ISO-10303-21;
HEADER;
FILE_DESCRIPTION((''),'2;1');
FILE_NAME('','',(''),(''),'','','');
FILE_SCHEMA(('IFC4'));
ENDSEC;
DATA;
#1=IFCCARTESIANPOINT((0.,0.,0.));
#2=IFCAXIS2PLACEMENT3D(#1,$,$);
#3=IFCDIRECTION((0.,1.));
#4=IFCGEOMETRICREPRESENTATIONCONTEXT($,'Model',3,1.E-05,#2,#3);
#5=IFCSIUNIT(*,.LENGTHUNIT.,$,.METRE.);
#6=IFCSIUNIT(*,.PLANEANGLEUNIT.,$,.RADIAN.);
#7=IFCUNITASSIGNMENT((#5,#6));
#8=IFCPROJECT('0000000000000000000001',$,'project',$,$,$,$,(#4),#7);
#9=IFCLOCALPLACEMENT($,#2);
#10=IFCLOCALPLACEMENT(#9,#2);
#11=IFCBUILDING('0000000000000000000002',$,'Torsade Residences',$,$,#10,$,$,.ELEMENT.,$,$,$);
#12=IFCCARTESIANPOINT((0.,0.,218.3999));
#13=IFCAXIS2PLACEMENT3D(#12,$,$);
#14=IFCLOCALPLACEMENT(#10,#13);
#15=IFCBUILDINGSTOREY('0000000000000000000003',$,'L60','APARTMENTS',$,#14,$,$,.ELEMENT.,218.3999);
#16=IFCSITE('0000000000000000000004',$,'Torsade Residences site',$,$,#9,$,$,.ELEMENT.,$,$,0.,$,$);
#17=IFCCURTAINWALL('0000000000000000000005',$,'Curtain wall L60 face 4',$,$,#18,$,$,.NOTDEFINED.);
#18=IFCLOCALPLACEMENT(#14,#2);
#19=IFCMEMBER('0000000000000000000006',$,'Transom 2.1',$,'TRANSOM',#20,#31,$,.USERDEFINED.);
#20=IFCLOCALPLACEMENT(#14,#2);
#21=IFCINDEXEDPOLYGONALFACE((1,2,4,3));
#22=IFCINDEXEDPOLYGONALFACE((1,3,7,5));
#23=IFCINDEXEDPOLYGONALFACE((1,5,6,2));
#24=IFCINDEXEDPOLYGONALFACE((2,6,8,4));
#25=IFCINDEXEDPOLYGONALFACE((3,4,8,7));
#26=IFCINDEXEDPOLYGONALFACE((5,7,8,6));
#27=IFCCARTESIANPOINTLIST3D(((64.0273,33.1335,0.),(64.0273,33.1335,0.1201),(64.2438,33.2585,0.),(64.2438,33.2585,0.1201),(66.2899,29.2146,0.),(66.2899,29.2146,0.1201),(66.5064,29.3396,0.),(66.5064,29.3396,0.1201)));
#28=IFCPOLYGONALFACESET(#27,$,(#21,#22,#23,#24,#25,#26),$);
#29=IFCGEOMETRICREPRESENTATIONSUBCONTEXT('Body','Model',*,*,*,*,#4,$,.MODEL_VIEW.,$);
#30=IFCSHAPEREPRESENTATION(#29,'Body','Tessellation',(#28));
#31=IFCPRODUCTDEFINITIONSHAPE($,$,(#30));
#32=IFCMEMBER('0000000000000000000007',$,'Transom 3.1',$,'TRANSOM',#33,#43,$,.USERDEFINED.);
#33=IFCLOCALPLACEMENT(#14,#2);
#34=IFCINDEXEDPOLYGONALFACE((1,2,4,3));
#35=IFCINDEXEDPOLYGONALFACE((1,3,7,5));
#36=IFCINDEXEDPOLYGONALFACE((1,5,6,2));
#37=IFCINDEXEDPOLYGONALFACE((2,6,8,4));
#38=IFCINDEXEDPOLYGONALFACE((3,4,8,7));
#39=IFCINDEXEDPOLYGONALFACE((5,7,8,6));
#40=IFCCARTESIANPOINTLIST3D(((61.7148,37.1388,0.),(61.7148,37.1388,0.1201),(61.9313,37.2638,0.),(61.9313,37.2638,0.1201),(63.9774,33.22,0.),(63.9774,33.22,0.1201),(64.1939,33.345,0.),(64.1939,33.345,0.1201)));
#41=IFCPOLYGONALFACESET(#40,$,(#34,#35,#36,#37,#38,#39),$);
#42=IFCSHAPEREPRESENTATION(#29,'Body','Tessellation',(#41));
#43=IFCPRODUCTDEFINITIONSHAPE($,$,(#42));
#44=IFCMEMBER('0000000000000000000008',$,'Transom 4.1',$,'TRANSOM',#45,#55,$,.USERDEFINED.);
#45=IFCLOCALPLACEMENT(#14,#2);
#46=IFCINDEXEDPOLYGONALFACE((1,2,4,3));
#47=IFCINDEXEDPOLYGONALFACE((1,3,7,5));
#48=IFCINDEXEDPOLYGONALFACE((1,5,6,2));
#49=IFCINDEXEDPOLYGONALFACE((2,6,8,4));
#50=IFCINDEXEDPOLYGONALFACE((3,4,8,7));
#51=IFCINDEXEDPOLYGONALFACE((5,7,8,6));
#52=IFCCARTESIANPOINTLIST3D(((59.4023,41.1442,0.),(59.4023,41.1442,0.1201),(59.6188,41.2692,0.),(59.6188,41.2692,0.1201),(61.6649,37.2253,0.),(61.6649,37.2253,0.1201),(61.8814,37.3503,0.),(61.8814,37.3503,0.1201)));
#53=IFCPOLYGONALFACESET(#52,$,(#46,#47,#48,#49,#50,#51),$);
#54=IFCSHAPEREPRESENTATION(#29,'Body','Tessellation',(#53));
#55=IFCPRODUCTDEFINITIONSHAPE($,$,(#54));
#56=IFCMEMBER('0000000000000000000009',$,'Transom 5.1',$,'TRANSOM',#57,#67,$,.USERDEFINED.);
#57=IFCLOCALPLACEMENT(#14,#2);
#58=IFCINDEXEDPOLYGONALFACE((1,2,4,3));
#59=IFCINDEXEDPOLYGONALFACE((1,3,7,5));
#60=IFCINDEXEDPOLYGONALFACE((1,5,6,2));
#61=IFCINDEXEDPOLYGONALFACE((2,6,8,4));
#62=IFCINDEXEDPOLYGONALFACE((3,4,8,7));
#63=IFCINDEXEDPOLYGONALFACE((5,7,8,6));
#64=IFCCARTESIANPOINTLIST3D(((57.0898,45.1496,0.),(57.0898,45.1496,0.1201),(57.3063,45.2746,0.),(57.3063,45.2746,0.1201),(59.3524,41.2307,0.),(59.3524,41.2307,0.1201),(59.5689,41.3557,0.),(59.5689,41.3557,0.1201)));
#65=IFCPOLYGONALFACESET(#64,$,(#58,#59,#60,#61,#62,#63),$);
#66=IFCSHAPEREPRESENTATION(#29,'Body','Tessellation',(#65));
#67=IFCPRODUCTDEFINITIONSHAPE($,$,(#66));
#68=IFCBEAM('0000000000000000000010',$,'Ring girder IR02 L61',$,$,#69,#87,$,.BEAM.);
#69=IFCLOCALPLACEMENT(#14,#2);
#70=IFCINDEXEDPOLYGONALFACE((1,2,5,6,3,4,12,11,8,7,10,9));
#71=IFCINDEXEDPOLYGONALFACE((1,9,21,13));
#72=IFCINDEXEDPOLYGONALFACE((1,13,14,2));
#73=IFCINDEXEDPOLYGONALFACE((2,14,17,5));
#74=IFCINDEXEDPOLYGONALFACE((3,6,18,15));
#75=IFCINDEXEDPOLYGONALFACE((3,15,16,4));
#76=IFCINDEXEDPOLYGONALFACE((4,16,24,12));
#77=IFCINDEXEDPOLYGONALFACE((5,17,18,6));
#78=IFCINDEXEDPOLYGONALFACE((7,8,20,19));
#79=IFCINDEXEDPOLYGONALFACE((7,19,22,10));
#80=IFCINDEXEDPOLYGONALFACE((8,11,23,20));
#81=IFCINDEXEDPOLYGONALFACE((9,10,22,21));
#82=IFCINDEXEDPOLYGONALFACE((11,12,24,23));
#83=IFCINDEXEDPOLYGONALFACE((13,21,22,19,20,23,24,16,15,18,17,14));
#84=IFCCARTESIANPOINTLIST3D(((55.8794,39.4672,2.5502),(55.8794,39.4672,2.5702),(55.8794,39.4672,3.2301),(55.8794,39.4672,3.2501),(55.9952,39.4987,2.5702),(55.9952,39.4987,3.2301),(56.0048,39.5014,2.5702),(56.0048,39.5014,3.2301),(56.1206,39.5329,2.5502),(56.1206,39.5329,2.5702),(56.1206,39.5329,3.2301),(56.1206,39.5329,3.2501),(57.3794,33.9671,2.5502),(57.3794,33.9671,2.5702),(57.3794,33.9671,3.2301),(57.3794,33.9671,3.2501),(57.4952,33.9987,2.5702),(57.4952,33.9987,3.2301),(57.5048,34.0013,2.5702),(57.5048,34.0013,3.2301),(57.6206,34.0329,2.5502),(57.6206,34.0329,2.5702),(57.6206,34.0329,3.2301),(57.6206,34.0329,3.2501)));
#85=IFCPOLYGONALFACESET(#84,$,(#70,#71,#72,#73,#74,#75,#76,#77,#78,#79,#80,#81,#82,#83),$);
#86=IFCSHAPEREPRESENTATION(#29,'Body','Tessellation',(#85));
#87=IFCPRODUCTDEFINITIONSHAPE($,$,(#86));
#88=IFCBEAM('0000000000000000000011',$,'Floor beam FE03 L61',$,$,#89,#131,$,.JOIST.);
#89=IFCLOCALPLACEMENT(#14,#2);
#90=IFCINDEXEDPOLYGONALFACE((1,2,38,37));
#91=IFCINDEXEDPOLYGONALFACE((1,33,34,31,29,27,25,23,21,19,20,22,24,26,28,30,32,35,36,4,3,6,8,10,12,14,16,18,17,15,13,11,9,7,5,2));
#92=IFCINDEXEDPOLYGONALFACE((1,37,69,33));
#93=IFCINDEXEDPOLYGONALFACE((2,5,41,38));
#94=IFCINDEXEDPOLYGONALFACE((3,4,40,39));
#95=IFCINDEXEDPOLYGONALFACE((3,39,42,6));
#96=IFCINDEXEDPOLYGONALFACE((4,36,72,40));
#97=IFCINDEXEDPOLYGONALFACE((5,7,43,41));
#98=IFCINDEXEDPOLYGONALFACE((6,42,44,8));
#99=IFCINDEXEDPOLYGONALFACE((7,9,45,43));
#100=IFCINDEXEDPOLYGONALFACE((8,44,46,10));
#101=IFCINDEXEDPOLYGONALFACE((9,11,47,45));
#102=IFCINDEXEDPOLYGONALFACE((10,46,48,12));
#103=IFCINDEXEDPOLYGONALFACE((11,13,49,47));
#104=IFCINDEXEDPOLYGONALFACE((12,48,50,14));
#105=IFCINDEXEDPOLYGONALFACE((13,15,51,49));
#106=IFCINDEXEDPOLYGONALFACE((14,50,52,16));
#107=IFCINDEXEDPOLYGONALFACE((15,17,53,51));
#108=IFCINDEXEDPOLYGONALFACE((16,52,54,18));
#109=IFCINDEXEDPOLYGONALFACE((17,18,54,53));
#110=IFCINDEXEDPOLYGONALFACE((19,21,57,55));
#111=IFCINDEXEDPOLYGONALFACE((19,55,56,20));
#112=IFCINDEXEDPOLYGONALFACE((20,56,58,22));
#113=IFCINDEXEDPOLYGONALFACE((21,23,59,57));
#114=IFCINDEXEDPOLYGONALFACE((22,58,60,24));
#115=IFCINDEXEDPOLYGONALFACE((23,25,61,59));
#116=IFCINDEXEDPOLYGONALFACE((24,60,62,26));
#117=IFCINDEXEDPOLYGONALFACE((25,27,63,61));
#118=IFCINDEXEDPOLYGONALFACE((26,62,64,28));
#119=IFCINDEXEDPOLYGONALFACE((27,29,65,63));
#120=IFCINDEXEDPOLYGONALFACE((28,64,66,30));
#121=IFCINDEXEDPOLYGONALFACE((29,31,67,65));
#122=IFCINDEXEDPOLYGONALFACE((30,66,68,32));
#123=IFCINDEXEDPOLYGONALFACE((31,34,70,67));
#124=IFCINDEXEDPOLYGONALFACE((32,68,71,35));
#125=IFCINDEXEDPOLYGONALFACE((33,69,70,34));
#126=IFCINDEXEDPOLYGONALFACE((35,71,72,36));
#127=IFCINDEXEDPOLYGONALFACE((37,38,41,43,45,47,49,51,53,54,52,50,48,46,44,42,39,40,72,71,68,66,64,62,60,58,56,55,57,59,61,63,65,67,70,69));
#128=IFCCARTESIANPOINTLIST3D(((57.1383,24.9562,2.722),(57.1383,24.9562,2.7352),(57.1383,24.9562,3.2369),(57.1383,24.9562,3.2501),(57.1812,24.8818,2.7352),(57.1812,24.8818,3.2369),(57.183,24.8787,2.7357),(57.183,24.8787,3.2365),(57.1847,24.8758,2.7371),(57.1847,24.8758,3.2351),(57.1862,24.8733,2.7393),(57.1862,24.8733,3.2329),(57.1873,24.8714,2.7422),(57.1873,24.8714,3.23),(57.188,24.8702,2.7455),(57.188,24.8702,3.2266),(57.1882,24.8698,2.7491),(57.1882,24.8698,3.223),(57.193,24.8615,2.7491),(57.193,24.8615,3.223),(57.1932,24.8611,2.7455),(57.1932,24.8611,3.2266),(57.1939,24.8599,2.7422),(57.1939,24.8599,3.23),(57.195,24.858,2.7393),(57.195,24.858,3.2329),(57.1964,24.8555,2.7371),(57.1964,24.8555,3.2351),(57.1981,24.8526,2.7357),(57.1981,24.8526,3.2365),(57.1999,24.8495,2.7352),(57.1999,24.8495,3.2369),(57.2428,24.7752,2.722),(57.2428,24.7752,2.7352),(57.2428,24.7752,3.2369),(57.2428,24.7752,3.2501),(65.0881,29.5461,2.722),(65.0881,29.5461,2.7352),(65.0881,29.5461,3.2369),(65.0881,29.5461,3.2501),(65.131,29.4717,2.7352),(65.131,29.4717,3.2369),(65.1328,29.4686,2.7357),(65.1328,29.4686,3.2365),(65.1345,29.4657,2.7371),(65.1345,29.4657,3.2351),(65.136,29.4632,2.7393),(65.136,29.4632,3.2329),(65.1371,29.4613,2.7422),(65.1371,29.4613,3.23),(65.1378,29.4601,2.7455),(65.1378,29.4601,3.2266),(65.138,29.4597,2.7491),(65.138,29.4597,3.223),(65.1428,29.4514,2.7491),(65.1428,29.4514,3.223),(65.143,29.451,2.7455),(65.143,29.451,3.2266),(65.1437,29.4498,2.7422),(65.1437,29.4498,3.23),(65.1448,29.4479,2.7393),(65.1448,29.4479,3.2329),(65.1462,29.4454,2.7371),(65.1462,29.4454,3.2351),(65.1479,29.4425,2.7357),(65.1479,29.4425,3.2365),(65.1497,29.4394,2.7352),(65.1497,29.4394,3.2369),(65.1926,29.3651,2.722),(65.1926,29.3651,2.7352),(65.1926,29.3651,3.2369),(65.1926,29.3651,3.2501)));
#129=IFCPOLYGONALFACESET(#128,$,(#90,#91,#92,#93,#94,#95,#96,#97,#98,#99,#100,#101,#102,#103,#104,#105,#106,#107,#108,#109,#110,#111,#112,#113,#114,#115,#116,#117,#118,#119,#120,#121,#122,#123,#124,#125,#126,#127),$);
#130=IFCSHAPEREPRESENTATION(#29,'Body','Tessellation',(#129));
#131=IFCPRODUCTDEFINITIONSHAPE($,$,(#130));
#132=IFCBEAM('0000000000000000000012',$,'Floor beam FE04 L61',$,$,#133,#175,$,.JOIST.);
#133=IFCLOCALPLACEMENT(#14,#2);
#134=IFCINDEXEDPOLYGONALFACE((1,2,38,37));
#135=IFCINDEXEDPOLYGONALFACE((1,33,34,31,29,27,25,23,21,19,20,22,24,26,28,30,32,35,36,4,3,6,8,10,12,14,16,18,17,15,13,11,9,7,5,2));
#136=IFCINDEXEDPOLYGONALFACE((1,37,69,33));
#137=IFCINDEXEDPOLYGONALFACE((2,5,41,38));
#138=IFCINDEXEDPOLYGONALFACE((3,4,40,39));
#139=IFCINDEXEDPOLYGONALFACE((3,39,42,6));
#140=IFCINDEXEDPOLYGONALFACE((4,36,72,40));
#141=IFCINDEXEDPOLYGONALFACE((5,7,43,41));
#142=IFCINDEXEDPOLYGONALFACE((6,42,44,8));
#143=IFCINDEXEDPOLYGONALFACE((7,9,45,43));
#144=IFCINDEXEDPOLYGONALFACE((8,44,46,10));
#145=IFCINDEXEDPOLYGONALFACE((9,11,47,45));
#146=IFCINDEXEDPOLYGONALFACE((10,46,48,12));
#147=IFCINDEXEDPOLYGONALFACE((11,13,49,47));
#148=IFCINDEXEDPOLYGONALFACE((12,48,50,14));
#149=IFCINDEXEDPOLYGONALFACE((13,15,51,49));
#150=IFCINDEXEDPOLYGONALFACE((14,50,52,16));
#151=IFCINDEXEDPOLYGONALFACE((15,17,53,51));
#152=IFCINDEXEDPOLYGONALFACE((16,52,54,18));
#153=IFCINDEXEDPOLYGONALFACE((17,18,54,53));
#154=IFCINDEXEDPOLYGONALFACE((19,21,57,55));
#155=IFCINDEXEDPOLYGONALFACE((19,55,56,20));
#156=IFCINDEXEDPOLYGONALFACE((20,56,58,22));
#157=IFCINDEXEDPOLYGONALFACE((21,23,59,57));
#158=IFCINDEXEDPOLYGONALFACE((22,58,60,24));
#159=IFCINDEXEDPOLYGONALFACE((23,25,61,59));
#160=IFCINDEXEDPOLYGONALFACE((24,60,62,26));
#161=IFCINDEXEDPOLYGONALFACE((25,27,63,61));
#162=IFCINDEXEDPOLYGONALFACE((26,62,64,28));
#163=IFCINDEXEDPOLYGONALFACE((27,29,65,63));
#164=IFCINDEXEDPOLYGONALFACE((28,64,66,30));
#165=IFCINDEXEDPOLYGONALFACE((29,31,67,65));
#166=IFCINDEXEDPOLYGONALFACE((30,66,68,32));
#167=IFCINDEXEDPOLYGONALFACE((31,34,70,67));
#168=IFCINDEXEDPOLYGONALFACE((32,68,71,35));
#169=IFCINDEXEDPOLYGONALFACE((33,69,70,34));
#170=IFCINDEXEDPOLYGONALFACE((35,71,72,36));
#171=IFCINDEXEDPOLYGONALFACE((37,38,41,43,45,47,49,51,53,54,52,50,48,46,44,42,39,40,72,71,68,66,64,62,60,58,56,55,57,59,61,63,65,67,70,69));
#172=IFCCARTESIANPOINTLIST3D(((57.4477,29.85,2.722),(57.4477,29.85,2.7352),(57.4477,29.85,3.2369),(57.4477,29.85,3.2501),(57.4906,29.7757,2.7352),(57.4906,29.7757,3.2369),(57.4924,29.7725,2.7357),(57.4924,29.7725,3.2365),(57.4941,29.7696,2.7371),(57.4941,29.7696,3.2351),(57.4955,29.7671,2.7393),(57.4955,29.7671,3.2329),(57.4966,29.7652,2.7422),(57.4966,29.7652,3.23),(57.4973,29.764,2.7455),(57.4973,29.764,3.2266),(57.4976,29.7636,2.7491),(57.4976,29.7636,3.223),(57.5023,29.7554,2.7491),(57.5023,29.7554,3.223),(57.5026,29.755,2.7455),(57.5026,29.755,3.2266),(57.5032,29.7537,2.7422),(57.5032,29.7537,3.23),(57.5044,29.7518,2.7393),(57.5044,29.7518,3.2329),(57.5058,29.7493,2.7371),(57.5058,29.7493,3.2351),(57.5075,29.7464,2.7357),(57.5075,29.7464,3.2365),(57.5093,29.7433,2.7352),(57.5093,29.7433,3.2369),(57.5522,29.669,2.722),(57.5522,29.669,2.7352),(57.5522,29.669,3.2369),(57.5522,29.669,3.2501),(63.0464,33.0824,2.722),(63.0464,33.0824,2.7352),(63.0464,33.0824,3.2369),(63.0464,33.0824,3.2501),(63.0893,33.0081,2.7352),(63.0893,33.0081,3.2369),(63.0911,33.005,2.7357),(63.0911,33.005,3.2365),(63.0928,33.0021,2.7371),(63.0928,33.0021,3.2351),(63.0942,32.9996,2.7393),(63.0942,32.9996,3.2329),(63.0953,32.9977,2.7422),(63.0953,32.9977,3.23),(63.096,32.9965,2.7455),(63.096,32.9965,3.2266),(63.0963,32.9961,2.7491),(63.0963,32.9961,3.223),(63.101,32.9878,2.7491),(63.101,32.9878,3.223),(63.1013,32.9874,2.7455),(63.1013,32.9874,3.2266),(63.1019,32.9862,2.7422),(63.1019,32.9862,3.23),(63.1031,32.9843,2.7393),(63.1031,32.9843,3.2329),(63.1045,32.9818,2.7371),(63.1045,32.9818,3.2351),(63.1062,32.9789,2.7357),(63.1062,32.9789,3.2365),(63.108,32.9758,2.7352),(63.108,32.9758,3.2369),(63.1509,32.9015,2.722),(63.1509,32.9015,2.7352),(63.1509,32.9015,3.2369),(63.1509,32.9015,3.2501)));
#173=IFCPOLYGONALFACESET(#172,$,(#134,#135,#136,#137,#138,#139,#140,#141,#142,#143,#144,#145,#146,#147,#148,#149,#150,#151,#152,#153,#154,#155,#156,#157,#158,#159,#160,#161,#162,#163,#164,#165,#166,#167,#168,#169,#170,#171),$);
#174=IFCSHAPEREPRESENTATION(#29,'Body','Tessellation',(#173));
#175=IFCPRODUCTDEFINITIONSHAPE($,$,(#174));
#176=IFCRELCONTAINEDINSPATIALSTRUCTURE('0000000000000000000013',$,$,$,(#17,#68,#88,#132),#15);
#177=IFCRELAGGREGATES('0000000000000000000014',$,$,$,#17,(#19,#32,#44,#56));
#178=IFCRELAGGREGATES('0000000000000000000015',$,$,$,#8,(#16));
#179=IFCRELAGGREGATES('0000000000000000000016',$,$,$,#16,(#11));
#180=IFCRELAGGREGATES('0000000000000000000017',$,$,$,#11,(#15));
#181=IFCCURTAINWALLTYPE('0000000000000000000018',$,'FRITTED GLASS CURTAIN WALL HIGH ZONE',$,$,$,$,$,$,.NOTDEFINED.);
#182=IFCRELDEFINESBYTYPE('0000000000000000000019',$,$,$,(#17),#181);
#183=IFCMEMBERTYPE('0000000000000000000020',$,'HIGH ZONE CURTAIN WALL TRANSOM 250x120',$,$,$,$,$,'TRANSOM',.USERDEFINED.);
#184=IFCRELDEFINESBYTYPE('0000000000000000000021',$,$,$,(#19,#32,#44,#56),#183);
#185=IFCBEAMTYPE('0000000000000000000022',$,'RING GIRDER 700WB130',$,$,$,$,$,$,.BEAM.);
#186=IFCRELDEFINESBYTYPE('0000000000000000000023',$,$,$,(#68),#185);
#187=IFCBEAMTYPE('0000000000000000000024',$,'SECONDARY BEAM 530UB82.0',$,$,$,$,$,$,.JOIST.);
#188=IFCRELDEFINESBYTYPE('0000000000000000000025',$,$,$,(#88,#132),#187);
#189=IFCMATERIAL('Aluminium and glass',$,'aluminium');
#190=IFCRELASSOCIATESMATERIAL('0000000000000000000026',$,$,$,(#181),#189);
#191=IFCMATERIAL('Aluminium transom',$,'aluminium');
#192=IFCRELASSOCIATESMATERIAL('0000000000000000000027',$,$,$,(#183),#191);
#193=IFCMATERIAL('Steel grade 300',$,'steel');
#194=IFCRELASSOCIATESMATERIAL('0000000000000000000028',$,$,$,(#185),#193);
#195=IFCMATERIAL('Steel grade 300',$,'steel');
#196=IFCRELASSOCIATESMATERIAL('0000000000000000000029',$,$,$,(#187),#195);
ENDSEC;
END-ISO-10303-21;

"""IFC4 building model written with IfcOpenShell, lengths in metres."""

from ifc_helpers import new_model, si_unit, direction, frame, origin, origin_2d, place, context, subcontext, project, spatial, rectangle, i_section, extrude, material, material_profile, profile_set, type_object, element, aggregate, save


model = new_model("IFC4")

# Units and contexts
model_context = context("Model", 3, precision=1e-05, world=origin(), true_north=direction((0.0, 1.0)))
body_context = subcontext(model_context, "Body", "Model", "MODEL_VIEW")
ifc_project = project(units=[si_unit("LENGTHUNIT", "METRE"), si_unit("PLANEANGLEUNIT", "RADIAN")], contexts=[model_context])

# Site, building, storey
site_placement = place(None, origin())
site = spatial("IfcSite", under=ifc_project, at=site_placement, Name="Torsade Residences site", CompositionType="ELEMENT", RefElevation=0.0)
building_placement = place(site_placement, origin())
building = spatial("IfcBuilding", under=site, at=building_placement, Name="Torsade Residences", CompositionType="ELEMENT")
storey_placement = place(building_placement, frame((0.0, 0.0, 218.3999)))
storey = spatial("IfcBuildingStorey", under=building, at=storey_placement, Name="L60", Description="APARTMENTS", CompositionType="ELEMENT", Elevation=218.3999)

# Curtain wall, members
ifc_material_1 = material(Name="Aluminium and glass", Category="aluminium")
curtain_wall_type = type_object("IfcCurtainWallType", Name="FRITTED GLASS CURTAIN WALL HIGH ZONE", PredefinedType="NOTDEFINED", material=ifc_material_1)
curtain_wall_placement = place(storey_placement, origin())
curtain_wall = element("IfcCurtainWall", 1, at=curtain_wall_placement, inside=storey, type_object=curtain_wall_type, Name="Curtain wall L60 face 4", PredefinedType="NOTDEFINED")
ifc_material_2 = material(Name="Aluminium transom", Category="aluminium")
ifc_material_profile_1 = material_profile(ifc_material_2, rectangle(XDim=0.25, YDim=0.1201, at=origin_2d()), Name="HIGH ZONE CURTAIN WALL TRANSOM 250x120")
ifc_profile_set_1 = profile_set([ifc_material_profile_1], Name="Aluminium transom")
member_type_1 = type_object("IfcMemberType", Name="HIGH ZONE CURTAIN WALL TRANSOM 250x120", ElementType="TRANSOM", PredefinedType="USERDEFINED", material=ifc_profile_set_1)
member_1_placement = place(storey_placement, frame((66.3982, 29.2771, 0.0601), z_axis=(-0.500015, 0.866017, 0.0), x_axis=(-0.866017, -0.500015, 0.0)))
member_1 = element("IfcMember", 2, at=member_1_placement, type_object=member_type_1, Name="Transom 2.1", ObjectType="TRANSOM", PredefinedType="USERDEFINED", context=body_context, shape_type="SweptSolid", body=[
    extrude(rectangle(XDim=0.25, YDim=0.1201, at=origin_2d()), origin(), (0.0, 0.0, 1.0), 4.5251),
])
member_2_placement = place(storey_placement, frame((64.0857, 33.2825, 0.0601), z_axis=(-0.500015, 0.866017, 0.0), x_axis=(-0.866017, -0.500015, 0.0)))
member_2 = element("IfcMember", 3, at=member_2_placement, type_object=member_type_1, Name="Transom 3.1", ObjectType="TRANSOM", PredefinedType="USERDEFINED", context=body_context, shape_type="SweptSolid", body=[
    extrude(rectangle(XDim=0.25, YDim=0.1201, at=origin_2d()), origin(), (0.0, 0.0, 1.0), 4.5251),
])
member_3_placement = place(storey_placement, frame((61.7732, 37.2878, 0.0601), z_axis=(-0.500015, 0.866017, 0.0), x_axis=(-0.866017, -0.500015, 0.0)))
member_3 = element("IfcMember", 4, at=member_3_placement, type_object=member_type_1, Name="Transom 4.1", ObjectType="TRANSOM", PredefinedType="USERDEFINED", context=body_context, shape_type="SweptSolid", body=[
    extrude(rectangle(XDim=0.25, YDim=0.1201, at=origin_2d()), origin(), (0.0, 0.0, 1.0), 4.5251),
])
member_4_placement = place(storey_placement, frame((59.4607, 41.2932, 0.0601), z_axis=(-0.500015, 0.866017, 0.0), x_axis=(-0.866017, -0.500015, 0.0)))
member_4 = element("IfcMember", 5, at=member_4_placement, type_object=member_type_1, Name="Transom 5.1", ObjectType="TRANSOM", PredefinedType="USERDEFINED", context=body_context, shape_type="SweptSolid", body=[
    extrude(rectangle(XDim=0.25, YDim=0.1201, at=origin_2d()), origin(), (0.0, 0.0, 1.0), 4.5251),
])

# Beams
ifc_material_3 = material(Name="Steel grade 300", Category="steel")
ifc_material_profile_2 = material_profile(ifc_material_3, i_section(OverallWidth=0.25, OverallDepth=0.7, WebThickness=0.01, FlangeThickness=0.02, at=origin_2d()), Name="700WB130")
ifc_profile_set_2 = profile_set([ifc_material_profile_2], Name="Steel grade 300")
beam_type_1 = type_object("IfcBeamType", Name="RING GIRDER 700WB130", PredefinedType="BEAM", material=ifc_profile_set_2)
beam_1_placement = place(storey_placement, frame((57.5, 34.0, 2.9001), z_axis=(-0.263117, 0.964764, 0.0), x_axis=(-0.964764, -0.263117, 0.0)))
element("IfcBeam", 6, at=beam_1_placement, inside=storey, type_object=beam_type_1, Name="Ring girder IR02 L61", PredefinedType="BEAM", context=body_context, shape_type="SweptSolid", body=[
    extrude(i_section(OverallWidth=0.25, OverallDepth=0.7, WebThickness=0.01, FlangeThickness=0.02, at=origin_2d()), origin(), (0.0, 0.0, 1.0), 5.7009),
])
ifc_material_4 = material(Name="Steel grade 300", Category="steel")
ifc_material_profile_3 = material_profile(ifc_material_4, i_section(OverallWidth=0.209, OverallDepth=0.5281, WebThickness=0.0095, FlangeThickness=0.0132, FilletRadius=0.0139, at=origin_2d()), Name="530UB82.0")
ifc_profile_set_3 = profile_set([ifc_material_profile_3], Name="Steel grade 300")
beam_type_2 = type_object("IfcBeamType", Name="SECONDARY BEAM 530UB82.0", PredefinedType="JOIST", material=ifc_profile_set_3)
beam_2_placement = place(storey_placement, frame((65.1404, 29.4556, 2.9861), z_axis=(-0.866022, -0.500006, 0.0), x_axis=(0.500006, -0.866022, 0.0)))
element("IfcBeam", 7, at=beam_2_placement, inside=storey, type_object=beam_type_2, Name="Floor beam FE03 L61", PredefinedType="JOIST", context=body_context, shape_type="SweptSolid", body=[
    extrude(i_section(OverallWidth=0.209, OverallDepth=0.5281, WebThickness=0.0095, FlangeThickness=0.0132, FilletRadius=0.0139, at=origin_2d()), origin(), (0.0, 0.0, 1.0), 9.1797),
])
beam_3_placement = place(storey_placement, frame((63.0986, 32.9919, 2.9861), z_axis=(-0.866022, -0.500006, 0.0), x_axis=(0.500006, -0.866022, 0.0)))
element("IfcBeam", 8, at=beam_3_placement, inside=storey, type_object=beam_type_2, Name="Floor beam FE04 L61", PredefinedType="JOIST", context=body_context, shape_type="SweptSolid", body=[
    extrude(i_section(OverallWidth=0.209, OverallDepth=0.5281, WebThickness=0.0095, FlangeThickness=0.0132, FilletRadius=0.0139, at=origin_2d()), origin(), (0.0, 0.0, 1.0), 6.4648),
])

aggregate(curtain_wall, [member_1, member_2, member_3, member_4])

save(model, "model.ifc")
